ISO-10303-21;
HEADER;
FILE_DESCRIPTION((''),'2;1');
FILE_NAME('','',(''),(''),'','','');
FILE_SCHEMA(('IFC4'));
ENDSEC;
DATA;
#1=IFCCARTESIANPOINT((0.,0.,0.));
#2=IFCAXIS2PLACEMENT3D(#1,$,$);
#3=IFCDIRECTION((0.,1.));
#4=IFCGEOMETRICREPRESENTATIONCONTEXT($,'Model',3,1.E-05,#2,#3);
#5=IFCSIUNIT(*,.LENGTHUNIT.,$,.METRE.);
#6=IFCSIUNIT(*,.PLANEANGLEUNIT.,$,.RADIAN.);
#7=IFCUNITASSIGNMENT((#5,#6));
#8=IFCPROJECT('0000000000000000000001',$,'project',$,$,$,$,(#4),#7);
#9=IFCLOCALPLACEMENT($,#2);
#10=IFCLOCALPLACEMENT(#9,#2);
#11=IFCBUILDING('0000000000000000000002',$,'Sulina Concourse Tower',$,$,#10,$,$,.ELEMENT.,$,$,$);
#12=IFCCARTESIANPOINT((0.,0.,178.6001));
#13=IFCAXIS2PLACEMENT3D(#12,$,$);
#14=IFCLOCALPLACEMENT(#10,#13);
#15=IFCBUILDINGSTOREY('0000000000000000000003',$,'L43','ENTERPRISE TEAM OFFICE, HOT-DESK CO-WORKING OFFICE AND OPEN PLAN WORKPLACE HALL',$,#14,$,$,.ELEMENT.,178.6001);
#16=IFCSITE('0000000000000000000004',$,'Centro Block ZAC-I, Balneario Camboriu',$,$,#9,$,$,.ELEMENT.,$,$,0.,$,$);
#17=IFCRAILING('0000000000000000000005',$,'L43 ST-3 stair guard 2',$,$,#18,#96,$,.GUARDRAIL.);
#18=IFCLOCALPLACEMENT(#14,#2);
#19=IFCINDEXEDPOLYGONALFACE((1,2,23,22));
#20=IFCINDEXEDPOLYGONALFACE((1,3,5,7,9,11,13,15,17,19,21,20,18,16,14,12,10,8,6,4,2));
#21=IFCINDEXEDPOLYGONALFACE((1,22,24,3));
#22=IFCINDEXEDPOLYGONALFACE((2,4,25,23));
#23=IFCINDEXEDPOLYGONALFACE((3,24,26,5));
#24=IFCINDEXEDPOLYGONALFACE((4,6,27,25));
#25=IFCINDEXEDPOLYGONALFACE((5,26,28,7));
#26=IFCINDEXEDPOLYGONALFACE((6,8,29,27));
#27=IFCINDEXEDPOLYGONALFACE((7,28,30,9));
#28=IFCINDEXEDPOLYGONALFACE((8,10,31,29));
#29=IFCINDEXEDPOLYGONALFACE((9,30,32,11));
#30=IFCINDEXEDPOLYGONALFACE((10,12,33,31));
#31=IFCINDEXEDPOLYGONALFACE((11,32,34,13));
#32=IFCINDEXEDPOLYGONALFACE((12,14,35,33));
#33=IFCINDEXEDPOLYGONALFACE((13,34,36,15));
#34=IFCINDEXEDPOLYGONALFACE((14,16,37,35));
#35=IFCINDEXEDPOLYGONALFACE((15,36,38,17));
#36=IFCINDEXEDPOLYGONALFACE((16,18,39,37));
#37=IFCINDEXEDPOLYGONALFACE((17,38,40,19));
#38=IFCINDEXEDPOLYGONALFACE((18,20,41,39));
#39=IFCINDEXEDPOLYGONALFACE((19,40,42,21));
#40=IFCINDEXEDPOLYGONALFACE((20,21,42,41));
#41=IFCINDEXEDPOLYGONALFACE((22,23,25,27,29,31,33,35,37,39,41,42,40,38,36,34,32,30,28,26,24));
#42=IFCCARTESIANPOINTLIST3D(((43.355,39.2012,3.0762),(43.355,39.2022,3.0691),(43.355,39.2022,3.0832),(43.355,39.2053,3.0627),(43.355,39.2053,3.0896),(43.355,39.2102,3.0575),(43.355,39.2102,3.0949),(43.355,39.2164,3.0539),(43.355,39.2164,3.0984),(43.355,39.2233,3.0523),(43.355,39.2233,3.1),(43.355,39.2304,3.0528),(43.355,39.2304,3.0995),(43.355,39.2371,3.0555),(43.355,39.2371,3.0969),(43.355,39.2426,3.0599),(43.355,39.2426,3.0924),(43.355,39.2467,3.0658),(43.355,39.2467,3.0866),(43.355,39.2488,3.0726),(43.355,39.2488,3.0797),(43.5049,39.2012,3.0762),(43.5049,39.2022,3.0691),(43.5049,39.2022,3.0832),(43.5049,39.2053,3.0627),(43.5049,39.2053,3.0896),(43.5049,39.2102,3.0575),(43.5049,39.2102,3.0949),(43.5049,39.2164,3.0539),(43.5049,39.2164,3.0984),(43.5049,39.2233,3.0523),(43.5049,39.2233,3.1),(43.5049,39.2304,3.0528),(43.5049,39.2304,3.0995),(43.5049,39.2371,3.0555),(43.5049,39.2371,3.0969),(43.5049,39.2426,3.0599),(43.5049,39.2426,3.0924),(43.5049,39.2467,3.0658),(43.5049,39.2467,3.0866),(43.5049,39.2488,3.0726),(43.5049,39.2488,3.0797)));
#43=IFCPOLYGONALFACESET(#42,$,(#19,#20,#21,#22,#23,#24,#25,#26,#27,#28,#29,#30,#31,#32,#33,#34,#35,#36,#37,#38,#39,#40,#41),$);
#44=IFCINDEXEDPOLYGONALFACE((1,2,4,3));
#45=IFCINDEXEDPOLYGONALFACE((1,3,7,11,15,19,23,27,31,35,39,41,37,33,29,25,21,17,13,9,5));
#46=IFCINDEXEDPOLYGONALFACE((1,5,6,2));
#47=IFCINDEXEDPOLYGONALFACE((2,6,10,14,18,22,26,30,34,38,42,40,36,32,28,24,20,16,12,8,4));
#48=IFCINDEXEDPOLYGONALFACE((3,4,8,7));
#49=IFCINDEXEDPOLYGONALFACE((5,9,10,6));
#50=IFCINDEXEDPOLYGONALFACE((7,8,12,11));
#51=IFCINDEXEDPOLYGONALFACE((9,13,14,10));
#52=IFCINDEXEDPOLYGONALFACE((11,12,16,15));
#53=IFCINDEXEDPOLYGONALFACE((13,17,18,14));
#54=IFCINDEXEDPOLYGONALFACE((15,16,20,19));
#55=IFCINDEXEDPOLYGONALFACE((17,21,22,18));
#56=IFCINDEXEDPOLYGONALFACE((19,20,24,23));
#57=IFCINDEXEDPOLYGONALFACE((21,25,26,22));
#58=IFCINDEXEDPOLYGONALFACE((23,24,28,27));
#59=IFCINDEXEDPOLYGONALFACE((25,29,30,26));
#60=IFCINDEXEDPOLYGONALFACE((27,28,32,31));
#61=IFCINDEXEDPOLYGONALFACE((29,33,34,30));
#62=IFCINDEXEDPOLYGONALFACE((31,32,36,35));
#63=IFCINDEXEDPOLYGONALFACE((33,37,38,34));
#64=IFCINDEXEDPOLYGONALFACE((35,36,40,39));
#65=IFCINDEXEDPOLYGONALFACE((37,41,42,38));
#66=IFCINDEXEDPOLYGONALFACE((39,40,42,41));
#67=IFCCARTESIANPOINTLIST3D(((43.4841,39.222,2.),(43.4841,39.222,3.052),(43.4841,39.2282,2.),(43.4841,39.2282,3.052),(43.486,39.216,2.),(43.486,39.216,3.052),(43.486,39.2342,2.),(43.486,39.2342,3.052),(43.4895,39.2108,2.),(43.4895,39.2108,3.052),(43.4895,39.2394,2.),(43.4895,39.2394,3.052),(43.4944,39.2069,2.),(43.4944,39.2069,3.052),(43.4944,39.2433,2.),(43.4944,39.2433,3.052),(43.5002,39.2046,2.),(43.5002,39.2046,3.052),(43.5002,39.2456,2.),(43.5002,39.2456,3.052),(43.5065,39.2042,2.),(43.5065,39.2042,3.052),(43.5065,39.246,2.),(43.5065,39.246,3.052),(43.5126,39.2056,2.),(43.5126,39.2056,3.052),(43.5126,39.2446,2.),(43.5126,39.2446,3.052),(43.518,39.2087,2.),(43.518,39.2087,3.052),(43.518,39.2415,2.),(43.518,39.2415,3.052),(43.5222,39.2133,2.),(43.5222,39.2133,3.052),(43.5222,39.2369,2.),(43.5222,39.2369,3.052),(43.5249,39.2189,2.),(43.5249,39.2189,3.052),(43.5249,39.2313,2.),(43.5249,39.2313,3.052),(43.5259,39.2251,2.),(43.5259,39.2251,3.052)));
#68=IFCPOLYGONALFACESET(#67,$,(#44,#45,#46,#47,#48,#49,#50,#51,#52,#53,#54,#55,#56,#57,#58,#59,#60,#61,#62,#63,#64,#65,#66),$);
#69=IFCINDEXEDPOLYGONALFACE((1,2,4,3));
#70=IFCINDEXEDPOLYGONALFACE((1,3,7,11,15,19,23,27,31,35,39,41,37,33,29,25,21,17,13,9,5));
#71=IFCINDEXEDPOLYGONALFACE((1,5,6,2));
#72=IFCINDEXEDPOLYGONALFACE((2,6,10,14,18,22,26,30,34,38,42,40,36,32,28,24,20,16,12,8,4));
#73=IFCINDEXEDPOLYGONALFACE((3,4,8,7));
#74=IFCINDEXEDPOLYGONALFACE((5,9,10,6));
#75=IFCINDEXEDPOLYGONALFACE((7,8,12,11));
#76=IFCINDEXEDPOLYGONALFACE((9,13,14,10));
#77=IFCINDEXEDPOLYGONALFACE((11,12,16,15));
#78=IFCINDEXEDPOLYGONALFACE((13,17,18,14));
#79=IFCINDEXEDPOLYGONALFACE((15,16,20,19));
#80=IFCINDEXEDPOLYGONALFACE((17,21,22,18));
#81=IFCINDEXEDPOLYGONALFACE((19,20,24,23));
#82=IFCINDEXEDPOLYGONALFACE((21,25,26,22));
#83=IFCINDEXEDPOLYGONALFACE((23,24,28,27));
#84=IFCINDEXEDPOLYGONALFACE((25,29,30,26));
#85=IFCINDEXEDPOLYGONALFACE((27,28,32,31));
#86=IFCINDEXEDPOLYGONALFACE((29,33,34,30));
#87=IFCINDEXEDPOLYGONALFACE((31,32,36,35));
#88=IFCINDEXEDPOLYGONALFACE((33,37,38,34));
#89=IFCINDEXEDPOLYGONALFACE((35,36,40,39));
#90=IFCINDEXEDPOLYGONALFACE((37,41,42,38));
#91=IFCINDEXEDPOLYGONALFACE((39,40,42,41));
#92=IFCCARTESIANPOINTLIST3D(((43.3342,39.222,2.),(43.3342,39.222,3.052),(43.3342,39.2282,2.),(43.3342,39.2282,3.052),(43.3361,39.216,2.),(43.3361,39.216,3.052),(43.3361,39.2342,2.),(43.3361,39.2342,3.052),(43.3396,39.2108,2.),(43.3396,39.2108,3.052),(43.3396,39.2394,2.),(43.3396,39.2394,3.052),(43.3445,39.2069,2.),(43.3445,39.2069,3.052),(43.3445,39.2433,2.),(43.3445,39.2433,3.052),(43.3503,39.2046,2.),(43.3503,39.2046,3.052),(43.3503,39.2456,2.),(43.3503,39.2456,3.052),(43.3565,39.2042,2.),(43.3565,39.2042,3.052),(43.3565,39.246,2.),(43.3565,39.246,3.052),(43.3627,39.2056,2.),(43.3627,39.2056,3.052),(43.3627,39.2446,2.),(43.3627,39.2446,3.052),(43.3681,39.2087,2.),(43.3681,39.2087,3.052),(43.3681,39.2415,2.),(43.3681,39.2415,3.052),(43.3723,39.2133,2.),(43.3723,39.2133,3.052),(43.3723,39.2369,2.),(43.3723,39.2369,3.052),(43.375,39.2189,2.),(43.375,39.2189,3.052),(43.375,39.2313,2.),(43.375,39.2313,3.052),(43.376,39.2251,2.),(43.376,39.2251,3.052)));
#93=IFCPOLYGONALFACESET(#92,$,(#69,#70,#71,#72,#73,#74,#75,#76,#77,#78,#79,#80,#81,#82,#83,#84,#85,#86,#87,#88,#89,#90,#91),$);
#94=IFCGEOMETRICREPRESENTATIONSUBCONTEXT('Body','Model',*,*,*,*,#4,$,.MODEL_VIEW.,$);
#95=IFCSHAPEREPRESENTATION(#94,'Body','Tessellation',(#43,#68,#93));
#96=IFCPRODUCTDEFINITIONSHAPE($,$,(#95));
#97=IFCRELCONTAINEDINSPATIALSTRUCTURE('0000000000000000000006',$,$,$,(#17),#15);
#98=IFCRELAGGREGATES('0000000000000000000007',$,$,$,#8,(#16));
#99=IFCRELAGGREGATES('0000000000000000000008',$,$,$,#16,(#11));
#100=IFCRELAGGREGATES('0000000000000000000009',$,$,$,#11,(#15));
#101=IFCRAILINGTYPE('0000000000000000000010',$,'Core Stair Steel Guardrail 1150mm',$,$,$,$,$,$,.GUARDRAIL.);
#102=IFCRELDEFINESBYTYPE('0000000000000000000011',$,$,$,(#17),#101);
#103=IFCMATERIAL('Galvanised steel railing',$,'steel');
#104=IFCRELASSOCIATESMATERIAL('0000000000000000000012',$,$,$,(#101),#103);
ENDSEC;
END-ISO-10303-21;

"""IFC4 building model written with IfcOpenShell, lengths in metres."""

from ifc_helpers import new_model, si_unit, direction, frame, origin, origin_2d, place, context, subcontext, project, spatial, circle, extrude, material, type_object, element, save


model = new_model("IFC4")

# Units and contexts
model_context = context("Model", 3, precision=1e-05, world=origin(), true_north=direction((0.0, 1.0)))
body_context = subcontext(model_context, "Body", "Model", "MODEL_VIEW")
ifc_project = project(units=[si_unit("LENGTHUNIT", "METRE"), si_unit("PLANEANGLEUNIT", "RADIAN")], contexts=[model_context])

# Site, building, storey
site_placement = place(None, origin())
site = spatial("IfcSite", under=ifc_project, at=site_placement, Name="Centro Block ZAC-I, Balneario Camboriu", CompositionType="ELEMENT", RefElevation=0.0)
building_placement = place(site_placement, origin())
building = spatial("IfcBuilding", under=site, at=building_placement, Name="Sulina Concourse Tower", CompositionType="ELEMENT")
storey_placement = place(building_placement, frame((0.0, 0.0, 178.6001)))
storey = spatial("IfcBuildingStorey", under=building, at=storey_placement, Name="L43", Description="ENTERPRISE TEAM OFFICE, HOT-DESK CO-WORKING OFFICE AND OPEN PLAN WORKPLACE HALL", CompositionType="ELEMENT", Elevation=178.6001)

# Railing
ifc_material_1 = material(Name="Galvanised steel railing", Category="steel")
railing_type_1 = type_object("IfcRailingType", Name="Core Stair Steel Guardrail 1150mm", PredefinedType="GUARDRAIL", material=ifc_material_1)
railing_1_placement = place(storey_placement, frame((43.5049, 39.2251, 2.0)))
element("IfcRailing", 1, at=railing_1_placement, inside=storey, type_object=railing_type_1, Name="L43 ST-3 stair guard 2", PredefinedType="GUARDRAIL", context=body_context, shape_type="SweptSolid", body=[
    extrude(circle(Radius=0.0239, at=origin_2d()), frame((0.0, 0.0, 1.0762), z_axis=(-1.0, 0.0, 0.0), x_axis=(0.0, -1.0, 0.0)), (0.0, 0.0, 1.0), 0.1499),
    extrude(circle(Radius=0.021, at=origin_2d()), origin(), (0.0, 0.0, 1.0), 1.052),
    extrude(circle(Radius=0.021, at=origin_2d()), frame((-0.1499, 0.0, 0.0)), (0.0, 0.0, 1.0), 1.052),
])

save(model, "model.ifc")
